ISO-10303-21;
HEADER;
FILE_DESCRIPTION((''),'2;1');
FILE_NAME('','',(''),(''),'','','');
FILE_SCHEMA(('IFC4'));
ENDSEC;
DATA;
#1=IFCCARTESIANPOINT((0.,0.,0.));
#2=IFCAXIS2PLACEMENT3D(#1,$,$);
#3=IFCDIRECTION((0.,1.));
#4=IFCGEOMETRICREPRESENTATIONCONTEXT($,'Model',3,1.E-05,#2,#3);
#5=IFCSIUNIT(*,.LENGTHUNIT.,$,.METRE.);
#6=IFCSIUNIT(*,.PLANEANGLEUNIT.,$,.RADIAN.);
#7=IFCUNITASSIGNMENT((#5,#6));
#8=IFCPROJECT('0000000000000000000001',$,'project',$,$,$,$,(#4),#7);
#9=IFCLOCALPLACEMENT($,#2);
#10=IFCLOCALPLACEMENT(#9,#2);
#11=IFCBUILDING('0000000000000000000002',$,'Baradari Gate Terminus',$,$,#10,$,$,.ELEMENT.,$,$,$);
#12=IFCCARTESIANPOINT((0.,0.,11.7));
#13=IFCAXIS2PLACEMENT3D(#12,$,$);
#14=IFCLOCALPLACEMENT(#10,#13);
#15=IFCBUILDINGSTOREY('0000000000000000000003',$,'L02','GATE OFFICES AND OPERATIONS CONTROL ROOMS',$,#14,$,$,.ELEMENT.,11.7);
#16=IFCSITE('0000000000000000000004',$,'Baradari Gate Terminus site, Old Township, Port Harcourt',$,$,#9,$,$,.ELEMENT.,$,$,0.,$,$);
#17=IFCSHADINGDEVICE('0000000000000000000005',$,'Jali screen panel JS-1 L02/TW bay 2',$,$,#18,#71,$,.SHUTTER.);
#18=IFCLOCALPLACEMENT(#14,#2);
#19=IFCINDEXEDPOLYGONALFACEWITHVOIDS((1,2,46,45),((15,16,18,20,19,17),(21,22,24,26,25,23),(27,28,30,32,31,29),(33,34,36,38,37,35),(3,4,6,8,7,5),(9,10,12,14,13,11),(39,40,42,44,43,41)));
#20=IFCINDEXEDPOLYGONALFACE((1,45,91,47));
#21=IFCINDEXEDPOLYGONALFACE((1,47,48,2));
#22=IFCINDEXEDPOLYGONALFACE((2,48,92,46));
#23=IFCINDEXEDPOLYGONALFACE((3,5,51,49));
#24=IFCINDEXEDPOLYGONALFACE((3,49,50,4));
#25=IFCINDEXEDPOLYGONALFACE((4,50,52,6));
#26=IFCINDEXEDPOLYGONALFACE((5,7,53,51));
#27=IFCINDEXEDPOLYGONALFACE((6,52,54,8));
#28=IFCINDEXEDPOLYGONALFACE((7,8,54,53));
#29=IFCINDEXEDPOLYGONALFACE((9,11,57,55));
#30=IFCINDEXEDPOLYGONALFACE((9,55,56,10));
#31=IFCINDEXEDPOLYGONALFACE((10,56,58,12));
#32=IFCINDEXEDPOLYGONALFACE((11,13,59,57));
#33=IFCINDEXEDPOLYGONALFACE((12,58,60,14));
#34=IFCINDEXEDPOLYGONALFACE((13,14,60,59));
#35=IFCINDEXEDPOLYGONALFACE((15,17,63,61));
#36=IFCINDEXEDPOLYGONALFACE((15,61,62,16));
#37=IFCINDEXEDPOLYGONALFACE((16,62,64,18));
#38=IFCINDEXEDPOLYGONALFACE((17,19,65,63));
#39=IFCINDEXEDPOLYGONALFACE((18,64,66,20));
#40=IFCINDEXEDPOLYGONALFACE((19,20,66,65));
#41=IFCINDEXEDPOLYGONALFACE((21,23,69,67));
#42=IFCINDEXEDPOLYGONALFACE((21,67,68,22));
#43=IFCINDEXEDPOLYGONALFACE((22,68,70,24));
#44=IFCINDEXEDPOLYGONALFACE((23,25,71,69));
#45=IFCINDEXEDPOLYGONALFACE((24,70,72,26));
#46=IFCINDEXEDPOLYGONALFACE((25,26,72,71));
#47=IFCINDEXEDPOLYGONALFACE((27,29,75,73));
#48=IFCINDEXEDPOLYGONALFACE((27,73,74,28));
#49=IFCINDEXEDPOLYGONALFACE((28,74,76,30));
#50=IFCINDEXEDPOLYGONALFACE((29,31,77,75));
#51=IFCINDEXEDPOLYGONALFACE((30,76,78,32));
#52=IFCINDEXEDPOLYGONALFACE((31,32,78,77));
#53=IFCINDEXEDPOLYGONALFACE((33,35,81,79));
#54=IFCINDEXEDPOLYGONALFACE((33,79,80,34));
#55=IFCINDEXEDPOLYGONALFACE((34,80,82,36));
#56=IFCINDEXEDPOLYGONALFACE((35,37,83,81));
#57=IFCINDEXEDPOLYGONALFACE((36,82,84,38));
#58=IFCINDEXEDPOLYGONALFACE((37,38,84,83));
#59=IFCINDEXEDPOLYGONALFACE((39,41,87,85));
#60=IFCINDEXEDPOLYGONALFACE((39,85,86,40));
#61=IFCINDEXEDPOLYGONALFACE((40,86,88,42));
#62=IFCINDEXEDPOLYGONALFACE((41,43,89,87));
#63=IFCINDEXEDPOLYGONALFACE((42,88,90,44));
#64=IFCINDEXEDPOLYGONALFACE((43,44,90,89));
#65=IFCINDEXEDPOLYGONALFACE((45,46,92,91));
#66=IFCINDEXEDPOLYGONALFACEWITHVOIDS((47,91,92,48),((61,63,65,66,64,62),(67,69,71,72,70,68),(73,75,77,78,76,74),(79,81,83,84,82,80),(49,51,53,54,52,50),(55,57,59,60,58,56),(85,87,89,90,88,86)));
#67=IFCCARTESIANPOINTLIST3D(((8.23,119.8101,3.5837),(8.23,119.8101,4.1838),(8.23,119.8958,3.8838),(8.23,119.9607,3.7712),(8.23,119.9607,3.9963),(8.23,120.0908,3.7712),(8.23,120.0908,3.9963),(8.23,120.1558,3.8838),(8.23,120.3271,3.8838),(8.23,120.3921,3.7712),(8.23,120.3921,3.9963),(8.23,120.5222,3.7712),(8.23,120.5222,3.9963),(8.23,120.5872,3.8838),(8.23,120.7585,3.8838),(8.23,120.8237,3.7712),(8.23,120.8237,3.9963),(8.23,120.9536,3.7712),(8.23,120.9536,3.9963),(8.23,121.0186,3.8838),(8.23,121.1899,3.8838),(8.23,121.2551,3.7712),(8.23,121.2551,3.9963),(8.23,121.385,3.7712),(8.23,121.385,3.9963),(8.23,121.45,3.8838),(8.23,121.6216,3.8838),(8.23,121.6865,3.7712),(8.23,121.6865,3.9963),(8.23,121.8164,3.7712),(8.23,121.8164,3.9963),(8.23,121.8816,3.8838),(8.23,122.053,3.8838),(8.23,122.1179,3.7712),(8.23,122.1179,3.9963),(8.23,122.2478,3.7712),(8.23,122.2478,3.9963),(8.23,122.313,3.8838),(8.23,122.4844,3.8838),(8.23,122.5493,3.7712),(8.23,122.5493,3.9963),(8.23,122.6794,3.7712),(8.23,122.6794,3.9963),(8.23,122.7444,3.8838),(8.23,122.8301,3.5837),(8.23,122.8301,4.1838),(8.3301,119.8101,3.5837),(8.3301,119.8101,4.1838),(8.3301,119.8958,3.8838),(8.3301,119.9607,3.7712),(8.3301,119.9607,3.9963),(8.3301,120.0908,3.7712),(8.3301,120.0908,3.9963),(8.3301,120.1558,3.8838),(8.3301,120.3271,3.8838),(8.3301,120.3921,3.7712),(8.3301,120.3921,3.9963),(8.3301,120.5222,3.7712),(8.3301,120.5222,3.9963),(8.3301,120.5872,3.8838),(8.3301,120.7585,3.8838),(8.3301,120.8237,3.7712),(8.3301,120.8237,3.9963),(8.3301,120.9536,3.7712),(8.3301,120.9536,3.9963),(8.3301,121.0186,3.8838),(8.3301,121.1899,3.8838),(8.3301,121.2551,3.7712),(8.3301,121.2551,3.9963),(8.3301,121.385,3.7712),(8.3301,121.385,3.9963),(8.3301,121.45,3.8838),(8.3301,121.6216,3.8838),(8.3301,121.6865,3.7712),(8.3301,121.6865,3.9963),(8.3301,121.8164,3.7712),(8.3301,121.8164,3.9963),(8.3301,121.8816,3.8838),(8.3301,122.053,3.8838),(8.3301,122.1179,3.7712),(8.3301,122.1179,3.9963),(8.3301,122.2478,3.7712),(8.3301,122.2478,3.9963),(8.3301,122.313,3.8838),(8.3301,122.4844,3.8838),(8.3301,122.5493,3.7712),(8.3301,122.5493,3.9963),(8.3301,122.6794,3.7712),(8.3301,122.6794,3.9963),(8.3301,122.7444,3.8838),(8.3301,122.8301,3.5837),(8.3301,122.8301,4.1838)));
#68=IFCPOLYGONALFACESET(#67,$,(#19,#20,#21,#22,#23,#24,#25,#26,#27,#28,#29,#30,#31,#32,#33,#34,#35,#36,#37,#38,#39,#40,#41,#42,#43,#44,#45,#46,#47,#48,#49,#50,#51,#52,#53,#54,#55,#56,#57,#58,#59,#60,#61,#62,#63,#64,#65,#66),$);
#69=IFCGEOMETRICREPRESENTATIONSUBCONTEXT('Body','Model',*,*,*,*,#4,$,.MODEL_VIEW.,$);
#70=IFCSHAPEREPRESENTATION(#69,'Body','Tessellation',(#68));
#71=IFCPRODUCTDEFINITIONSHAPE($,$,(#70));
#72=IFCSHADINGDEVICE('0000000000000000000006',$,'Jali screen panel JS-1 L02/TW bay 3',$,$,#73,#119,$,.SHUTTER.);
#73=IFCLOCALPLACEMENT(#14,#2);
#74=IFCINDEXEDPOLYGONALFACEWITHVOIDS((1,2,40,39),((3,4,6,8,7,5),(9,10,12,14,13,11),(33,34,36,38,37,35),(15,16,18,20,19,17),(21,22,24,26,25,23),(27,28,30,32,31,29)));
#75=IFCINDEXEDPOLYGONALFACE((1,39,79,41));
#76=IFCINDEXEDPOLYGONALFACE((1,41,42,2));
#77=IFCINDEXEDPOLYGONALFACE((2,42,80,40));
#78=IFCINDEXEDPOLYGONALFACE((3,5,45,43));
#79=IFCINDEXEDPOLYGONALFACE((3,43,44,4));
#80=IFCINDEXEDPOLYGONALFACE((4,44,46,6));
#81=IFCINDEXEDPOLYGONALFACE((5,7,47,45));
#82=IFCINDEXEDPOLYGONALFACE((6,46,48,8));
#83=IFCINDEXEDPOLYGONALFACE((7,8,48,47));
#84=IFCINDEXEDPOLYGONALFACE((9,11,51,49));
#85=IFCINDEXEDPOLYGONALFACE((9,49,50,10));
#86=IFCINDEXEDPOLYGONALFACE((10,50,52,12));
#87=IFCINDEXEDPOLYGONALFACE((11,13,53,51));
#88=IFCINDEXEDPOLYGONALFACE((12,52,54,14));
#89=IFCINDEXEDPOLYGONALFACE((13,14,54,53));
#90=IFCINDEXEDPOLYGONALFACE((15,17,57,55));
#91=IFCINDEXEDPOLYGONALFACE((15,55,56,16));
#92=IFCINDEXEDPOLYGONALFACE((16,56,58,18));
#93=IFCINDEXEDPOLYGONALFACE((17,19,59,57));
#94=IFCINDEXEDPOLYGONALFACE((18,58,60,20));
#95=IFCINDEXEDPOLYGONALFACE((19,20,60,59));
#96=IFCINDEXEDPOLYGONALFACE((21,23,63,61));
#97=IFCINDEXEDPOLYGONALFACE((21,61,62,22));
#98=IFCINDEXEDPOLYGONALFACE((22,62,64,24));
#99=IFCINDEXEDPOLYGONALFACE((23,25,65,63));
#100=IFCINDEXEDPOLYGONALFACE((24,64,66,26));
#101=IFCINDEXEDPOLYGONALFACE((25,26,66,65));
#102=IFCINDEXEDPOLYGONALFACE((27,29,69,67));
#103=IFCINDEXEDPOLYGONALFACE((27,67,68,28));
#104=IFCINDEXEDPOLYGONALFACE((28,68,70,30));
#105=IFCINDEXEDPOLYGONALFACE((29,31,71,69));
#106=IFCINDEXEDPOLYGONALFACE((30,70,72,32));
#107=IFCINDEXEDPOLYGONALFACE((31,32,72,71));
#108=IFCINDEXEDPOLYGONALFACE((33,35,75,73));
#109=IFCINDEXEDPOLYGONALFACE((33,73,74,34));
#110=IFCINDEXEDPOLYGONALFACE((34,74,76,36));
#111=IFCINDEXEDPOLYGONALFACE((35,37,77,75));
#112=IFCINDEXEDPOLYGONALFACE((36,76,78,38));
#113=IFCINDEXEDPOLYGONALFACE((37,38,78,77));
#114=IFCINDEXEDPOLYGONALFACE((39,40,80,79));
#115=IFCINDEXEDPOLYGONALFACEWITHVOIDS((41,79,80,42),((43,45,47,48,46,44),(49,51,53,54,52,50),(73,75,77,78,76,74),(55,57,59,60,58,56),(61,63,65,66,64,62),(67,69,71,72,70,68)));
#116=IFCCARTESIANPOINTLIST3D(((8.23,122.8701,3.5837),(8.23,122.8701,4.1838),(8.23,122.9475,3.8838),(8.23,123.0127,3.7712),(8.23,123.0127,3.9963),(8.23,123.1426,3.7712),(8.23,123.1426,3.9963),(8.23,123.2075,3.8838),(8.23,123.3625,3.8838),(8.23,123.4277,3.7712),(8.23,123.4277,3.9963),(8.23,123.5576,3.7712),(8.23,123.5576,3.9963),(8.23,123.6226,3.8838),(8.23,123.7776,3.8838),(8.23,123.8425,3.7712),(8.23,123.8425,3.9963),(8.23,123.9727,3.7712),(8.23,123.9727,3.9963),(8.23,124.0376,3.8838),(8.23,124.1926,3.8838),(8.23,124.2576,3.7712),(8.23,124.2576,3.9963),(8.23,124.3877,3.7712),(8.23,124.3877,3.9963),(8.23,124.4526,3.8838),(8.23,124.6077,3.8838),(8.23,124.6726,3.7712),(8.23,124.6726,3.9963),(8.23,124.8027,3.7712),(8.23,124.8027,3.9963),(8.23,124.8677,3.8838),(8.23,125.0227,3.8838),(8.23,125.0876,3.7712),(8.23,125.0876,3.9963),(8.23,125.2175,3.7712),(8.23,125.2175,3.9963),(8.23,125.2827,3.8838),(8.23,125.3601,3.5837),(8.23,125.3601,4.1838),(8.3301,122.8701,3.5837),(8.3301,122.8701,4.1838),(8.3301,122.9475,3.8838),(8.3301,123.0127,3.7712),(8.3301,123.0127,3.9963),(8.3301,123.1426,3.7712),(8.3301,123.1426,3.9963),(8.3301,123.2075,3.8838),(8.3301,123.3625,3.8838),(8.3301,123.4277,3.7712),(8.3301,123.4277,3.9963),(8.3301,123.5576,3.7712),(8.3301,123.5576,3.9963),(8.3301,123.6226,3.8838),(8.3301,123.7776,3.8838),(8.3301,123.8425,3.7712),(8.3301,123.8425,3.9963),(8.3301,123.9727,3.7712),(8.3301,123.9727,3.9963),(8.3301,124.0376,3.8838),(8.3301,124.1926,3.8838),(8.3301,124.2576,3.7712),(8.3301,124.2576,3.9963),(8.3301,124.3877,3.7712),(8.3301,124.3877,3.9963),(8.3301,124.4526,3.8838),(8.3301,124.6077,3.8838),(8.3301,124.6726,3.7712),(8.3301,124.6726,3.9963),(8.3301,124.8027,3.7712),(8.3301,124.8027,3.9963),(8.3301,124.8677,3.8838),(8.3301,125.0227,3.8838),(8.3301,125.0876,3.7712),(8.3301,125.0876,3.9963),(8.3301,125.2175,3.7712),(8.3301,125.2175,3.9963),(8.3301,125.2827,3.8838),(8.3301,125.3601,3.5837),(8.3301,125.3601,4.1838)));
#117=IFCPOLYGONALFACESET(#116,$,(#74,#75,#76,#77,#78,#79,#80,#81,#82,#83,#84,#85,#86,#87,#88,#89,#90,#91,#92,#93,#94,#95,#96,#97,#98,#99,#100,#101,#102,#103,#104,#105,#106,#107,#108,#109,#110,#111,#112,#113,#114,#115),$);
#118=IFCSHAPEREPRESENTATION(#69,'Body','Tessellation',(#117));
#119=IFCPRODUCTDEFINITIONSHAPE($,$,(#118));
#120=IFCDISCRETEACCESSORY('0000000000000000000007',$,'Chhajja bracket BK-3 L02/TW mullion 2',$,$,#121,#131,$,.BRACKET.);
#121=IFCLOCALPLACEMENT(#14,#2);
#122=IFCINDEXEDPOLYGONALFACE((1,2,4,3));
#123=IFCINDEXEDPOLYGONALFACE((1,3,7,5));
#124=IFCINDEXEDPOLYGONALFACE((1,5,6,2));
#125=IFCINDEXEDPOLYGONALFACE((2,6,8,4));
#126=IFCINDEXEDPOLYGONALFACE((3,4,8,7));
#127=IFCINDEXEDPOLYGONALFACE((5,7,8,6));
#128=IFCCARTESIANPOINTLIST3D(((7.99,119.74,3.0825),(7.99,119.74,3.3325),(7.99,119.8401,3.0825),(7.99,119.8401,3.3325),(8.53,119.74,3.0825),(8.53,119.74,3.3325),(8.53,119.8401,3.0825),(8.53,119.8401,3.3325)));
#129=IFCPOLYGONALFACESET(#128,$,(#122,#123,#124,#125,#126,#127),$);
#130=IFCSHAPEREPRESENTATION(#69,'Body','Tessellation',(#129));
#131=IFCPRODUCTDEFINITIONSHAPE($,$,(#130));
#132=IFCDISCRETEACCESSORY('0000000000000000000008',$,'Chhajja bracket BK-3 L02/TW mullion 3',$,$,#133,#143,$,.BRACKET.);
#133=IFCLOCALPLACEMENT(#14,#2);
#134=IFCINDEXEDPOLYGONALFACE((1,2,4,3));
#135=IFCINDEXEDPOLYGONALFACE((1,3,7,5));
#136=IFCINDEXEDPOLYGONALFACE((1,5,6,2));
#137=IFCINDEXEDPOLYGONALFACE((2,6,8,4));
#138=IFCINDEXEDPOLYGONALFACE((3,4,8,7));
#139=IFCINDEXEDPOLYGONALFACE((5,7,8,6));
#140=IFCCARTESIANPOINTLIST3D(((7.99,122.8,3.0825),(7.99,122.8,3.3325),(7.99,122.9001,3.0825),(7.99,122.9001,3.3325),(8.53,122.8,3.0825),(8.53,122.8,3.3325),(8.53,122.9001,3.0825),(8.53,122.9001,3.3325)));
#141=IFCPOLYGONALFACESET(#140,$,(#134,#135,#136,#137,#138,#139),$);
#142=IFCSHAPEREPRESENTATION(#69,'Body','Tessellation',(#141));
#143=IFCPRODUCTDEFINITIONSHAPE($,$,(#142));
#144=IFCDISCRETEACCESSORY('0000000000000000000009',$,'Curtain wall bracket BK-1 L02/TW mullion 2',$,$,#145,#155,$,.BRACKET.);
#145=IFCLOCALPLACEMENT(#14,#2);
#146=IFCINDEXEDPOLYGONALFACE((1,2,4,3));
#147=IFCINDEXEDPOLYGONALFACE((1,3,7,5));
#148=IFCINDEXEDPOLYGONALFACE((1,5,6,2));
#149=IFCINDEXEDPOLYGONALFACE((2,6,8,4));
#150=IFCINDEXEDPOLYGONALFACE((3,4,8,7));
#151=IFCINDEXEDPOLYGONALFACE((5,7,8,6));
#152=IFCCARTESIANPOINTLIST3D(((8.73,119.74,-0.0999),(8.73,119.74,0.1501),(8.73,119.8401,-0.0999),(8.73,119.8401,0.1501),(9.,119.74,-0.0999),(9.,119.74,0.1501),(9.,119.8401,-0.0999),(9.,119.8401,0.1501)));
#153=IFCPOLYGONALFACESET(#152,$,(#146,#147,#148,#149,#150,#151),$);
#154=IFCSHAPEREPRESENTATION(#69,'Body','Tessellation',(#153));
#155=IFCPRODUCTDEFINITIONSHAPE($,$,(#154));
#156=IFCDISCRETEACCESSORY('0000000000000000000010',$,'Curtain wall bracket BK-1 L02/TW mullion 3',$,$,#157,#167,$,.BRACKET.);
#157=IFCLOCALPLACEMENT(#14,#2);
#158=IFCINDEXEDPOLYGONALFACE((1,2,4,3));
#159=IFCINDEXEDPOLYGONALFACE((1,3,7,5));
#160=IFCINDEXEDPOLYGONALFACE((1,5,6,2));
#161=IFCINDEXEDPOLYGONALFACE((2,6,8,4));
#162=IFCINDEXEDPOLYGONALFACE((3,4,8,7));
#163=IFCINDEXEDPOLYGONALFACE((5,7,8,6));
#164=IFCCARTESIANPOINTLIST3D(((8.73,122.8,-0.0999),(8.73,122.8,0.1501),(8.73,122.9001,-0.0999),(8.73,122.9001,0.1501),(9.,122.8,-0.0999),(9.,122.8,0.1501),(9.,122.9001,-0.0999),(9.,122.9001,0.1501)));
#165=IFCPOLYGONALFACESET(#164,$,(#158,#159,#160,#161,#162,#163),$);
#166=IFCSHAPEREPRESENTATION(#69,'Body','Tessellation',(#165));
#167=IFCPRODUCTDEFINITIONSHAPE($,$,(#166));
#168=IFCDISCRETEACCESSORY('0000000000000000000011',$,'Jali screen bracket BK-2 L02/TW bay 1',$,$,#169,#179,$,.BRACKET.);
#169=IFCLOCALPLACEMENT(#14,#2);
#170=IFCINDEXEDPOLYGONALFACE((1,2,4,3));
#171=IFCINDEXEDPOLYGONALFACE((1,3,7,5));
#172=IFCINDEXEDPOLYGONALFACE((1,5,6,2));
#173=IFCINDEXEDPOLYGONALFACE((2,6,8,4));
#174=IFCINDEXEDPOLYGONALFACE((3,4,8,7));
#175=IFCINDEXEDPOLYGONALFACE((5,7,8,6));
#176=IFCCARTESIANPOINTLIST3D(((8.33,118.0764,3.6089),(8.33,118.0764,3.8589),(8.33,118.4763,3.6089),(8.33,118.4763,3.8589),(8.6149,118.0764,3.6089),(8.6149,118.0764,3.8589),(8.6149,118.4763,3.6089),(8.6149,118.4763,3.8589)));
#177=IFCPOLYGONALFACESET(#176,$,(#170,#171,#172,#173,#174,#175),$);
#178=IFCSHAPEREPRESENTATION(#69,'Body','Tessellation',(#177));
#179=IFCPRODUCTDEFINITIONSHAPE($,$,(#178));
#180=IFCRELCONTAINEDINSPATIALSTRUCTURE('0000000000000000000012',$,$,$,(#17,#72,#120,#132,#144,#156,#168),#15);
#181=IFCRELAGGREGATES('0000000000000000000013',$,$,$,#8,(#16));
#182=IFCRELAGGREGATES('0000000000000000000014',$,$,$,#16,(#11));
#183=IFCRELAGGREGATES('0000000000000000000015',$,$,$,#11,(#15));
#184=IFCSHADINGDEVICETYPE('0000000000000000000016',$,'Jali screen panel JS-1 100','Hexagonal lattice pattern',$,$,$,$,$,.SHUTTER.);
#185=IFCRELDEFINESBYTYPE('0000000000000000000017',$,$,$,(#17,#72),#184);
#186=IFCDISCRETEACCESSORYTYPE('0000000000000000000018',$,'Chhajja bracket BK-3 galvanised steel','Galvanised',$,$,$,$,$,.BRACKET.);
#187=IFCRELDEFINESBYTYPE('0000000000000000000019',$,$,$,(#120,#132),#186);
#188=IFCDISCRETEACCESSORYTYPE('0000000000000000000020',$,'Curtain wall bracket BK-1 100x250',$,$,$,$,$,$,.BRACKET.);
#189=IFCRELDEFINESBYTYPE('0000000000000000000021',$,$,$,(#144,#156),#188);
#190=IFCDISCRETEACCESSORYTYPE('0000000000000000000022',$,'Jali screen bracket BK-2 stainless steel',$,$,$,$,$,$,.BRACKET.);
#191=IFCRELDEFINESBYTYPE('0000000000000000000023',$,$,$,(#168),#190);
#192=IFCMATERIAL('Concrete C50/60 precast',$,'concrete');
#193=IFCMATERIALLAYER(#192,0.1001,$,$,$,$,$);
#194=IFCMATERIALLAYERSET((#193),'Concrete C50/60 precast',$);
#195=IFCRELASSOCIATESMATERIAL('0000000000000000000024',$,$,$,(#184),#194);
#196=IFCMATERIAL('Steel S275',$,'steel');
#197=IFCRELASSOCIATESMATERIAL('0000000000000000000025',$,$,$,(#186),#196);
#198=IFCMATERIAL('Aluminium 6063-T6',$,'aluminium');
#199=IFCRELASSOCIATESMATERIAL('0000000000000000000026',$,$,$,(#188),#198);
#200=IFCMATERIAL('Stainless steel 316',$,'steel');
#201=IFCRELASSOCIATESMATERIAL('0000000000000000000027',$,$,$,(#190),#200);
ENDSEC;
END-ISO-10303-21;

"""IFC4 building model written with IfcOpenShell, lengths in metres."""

from ifc_helpers import new_model, si_unit, direction, frame, origin, origin_2d, place, context, subcontext, project, spatial, polyline, rectangle, outline, extrude, material, layer, layer_set, type_object, element, save


model = new_model("IFC4")

# Units and contexts
model_context = context("Model", 3, precision=1e-05, world=origin(), true_north=direction((0.0, 1.0)))
body_context = subcontext(model_context, "Body", "Model", "MODEL_VIEW")
ifc_project = project(units=[si_unit("LENGTHUNIT", "METRE"), si_unit("PLANEANGLEUNIT", "RADIAN")], contexts=[model_context])

# Site, building, storey
site_placement = place(None, origin())
site = spatial("IfcSite", under=ifc_project, at=site_placement, Name="Baradari Gate Terminus site, Old Township, Port Harcourt", CompositionType="ELEMENT", RefElevation=0.0)
building_placement = place(site_placement, origin())
building = spatial("IfcBuilding", under=site, at=building_placement, Name="Baradari Gate Terminus", CompositionType="ELEMENT")
storey_placement = place(building_placement, frame((0.0, 0.0, 11.7)))
storey = spatial("IfcBuildingStorey", under=building, at=storey_placement, Name="L02", Description="GATE OFFICES AND OPERATIONS CONTROL ROOMS", CompositionType="ELEMENT", Elevation=11.7)

# Shading devices
ifc_material_1 = material(Name="Concrete C50/60 precast", Category="concrete")
ifc_layer_1 = layer(ifc_material_1, 0.1001)
ifc_layer_set_1 = layer_set([ifc_layer_1], Name="Concrete C50/60 precast")
shading_device_type_1 = type_object("IfcShadingDeviceType", Name="Jali screen panel JS-1 100", Description="Hexagonal lattice pattern", PredefinedType="SHUTTER", material=ifc_layer_set_1)
shading_device_1_placement = place(storey_placement, frame((8.28, 119.8101, 3.5837), z_axis=(0.0, 0.0, 1.0), x_axis=(0.0, 1.0, 0.0)))
element("IfcShadingDevice", 1, at=shading_device_1_placement, inside=storey, type_object=shading_device_type_1, Name="Jali screen panel JS-1 L02/TW bay 2", PredefinedType="SHUTTER", context=body_context, shape_type="SweptSolid", body=[
    extrude(outline(polyline([(0.0, 0.0), (3.02, 0.0), (3.02, 0.6001), (0.0, 0.6001), (0.0, 0.0)]), holes=[polyline([(0.3457, 0.3), (0.2808, 0.1875), (0.1506, 0.1875), (0.0857, 0.3), (0.1506, 0.4126), (0.2808, 0.4126), (0.3457, 0.3)]), polyline([(0.7771, 0.3), (0.7122, 0.1875), (0.582, 0.1875), (0.5171, 0.3), (0.582, 0.4126), (0.7122, 0.4126), (0.7771, 0.3)]), polyline([(1.2085, 0.3), (1.1436, 0.1875), (1.0137, 0.1875), (0.9485, 0.3), (1.0137, 0.4126), (1.1436, 0.4126), (1.2085, 0.3)]), polyline([(1.6399, 0.3), (1.575, 0.1875), (1.4451, 0.1875), (1.3799, 0.3), (1.4451, 0.4126), (1.575, 0.4126), (1.6399, 0.3)]), polyline([(2.0715, 0.3), (2.0063, 0.1875), (1.8765, 0.1875), (1.8115, 0.3), (1.8765, 0.4126), (2.0063, 0.4126), (2.0715, 0.3)]), polyline([(2.5029, 0.3), (2.4377, 0.1875), (2.3079, 0.1875), (2.2429, 0.3), (2.3079, 0.4126), (2.4377, 0.4126), (2.5029, 0.3)]), polyline([(2.9343, 0.3), (2.8694, 0.1875), (2.7393, 0.1875), (2.6743, 0.3), (2.7393, 0.4126), (2.8694, 0.4126), (2.9343, 0.3)])]), frame((0.0, 0.05, 0.0), z_axis=(0.0, -1.0, 0.0), x_axis=(1.0, 0.0, 0.0)), (0.0, 0.0, 1.0), 0.1001),
])
shading_device_2_placement = place(storey_placement, frame((8.28, 122.8701, 3.5837), z_axis=(0.0, 0.0, 1.0), x_axis=(0.0, 1.0, 0.0)))
element("IfcShadingDevice", 2, at=shading_device_2_placement, inside=storey, type_object=shading_device_type_1, Name="Jali screen panel JS-1 L02/TW bay 3", PredefinedType="SHUTTER", context=body_context, shape_type="SweptSolid", body=[
    extrude(outline(polyline([(0.0, 0.0), (2.49, 0.0), (2.49, 0.6001), (0.0, 0.6001), (0.0, 0.0)]), holes=[polyline([(0.3374, 0.3), (0.2725, 0.1875), (0.1426, 0.1875), (0.0774, 0.3), (0.1426, 0.4126), (0.2725, 0.4126), (0.3374, 0.3)]), polyline([(0.7524, 0.3), (0.6875, 0.1875), (0.5576, 0.1875), (0.4924, 0.3), (0.5576, 0.4126), (0.6875, 0.4126), (0.7524, 0.3)]), polyline([(1.1675, 0.3), (1.1025, 0.1875), (0.9724, 0.1875), (0.9075, 0.3), (0.9724, 0.4126), (1.1025, 0.4126), (1.1675, 0.3)]), polyline([(1.5825, 0.3), (1.5176, 0.1875), (1.3875, 0.1875), (1.3225, 0.3), (1.3875, 0.4126), (1.5176, 0.4126), (1.5825, 0.3)]), polyline([(1.9976, 0.3), (1.9326, 0.1875), (1.8025, 0.1875), (1.7375, 0.3), (1.8025, 0.4126), (1.9326, 0.4126), (1.9976, 0.3)]), polyline([(2.4126, 0.3), (2.3474, 0.1875), (2.2175, 0.1875), (2.1526, 0.3), (2.2175, 0.4126), (2.3474, 0.4126), (2.4126, 0.3)])]), frame((0.0, 0.05, 0.0), z_axis=(0.0, -1.0, 0.0), x_axis=(1.0, 0.0, 0.0)), (0.0, 0.0, 1.0), 0.1001),
])

# Discrete accessories
ifc_material_2 = material(Name="Steel S275", Category="steel")
discrete_accessory_type_1 = type_object("IfcDiscreteAccessoryType", Name="Chhajja bracket BK-3 galvanised steel", Description="Galvanised", PredefinedType="BRACKET", material=ifc_material_2)
for number, where, z_axis, x_axis, name in (
    (3, (8.26, 119.79, 3.0825), (0.0, 0.0, 1.0), (-1.0, 0.0, 0.0), "Chhajja bracket BK-3 L02/TW mullion 2"),
    (4, (8.26, 122.8501, 3.0825), (0.0, 0.0, 1.0), (-1.0, 0.0, 0.0), "Chhajja bracket BK-3 L02/TW mullion 3"),
):
    element("IfcDiscreteAccessory", number, at=place(storey_placement, frame(where, z_axis=z_axis, x_axis=x_axis)), inside=storey, type_object=discrete_accessory_type_1, Name=name, PredefinedType="BRACKET", context=body_context, shape_type="SweptSolid", body=[
        extrude(rectangle(XDim=0.54, YDim=0.1001, at=origin_2d()), origin(), (0.0, 0.0, 1.0), 0.25),
    ])
ifc_material_3 = material(Name="Aluminium 6063-T6", Category="aluminium")
discrete_accessory_type_2 = type_object("IfcDiscreteAccessoryType", Name="Curtain wall bracket BK-1 100x250", PredefinedType="BRACKET", material=ifc_material_3)
for number, where, z_axis, x_axis, name in (
    (5, (8.865, 119.79, -0.0999), (0.0, 0.0, 1.0), (-1.0, 0.0, 0.0), "Curtain wall bracket BK-1 L02/TW mullion 2"),
    (6, (8.865, 122.8501, -0.0999), (0.0, 0.0, 1.0), (-1.0, 0.0, 0.0), "Curtain wall bracket BK-1 L02/TW mullion 3"),
):
    element("IfcDiscreteAccessory", number, at=place(storey_placement, frame(where, z_axis=z_axis, x_axis=x_axis)), inside=storey, type_object=discrete_accessory_type_2, Name=name, PredefinedType="BRACKET", context=body_context, shape_type="SweptSolid", body=[
        extrude(rectangle(XDim=0.27, YDim=0.1001, at=origin_2d()), origin(), (0.0, 0.0, 1.0), 0.25),
    ])
ifc_material_4 = material(Name="Stainless steel 316", Category="steel")
discrete_accessory_type_3 = type_object("IfcDiscreteAccessoryType", Name="Jali screen bracket BK-2 stainless steel", PredefinedType="BRACKET", material=ifc_material_4)
for number, where, z_axis, x_axis, name in (
    (7, (8.4724, 118.2764, 3.6089), (0.0, 0.0, 1.0), (-1.0, 0.0, 0.0), "Jali screen bracket BK-2 L02/TW bay 1"),
):
    element("IfcDiscreteAccessory", number, at=place(storey_placement, frame(where, z_axis=z_axis, x_axis=x_axis)), inside=storey, type_object=discrete_accessory_type_3, Name=name, PredefinedType="BRACKET", context=body_context, shape_type="SweptSolid", body=[
        extrude(rectangle(XDim=0.2849, YDim=0.3999, at=origin_2d()), origin(), (0.0, 0.0, 1.0), 0.25),
    ])

save(model, "model.ifc")
